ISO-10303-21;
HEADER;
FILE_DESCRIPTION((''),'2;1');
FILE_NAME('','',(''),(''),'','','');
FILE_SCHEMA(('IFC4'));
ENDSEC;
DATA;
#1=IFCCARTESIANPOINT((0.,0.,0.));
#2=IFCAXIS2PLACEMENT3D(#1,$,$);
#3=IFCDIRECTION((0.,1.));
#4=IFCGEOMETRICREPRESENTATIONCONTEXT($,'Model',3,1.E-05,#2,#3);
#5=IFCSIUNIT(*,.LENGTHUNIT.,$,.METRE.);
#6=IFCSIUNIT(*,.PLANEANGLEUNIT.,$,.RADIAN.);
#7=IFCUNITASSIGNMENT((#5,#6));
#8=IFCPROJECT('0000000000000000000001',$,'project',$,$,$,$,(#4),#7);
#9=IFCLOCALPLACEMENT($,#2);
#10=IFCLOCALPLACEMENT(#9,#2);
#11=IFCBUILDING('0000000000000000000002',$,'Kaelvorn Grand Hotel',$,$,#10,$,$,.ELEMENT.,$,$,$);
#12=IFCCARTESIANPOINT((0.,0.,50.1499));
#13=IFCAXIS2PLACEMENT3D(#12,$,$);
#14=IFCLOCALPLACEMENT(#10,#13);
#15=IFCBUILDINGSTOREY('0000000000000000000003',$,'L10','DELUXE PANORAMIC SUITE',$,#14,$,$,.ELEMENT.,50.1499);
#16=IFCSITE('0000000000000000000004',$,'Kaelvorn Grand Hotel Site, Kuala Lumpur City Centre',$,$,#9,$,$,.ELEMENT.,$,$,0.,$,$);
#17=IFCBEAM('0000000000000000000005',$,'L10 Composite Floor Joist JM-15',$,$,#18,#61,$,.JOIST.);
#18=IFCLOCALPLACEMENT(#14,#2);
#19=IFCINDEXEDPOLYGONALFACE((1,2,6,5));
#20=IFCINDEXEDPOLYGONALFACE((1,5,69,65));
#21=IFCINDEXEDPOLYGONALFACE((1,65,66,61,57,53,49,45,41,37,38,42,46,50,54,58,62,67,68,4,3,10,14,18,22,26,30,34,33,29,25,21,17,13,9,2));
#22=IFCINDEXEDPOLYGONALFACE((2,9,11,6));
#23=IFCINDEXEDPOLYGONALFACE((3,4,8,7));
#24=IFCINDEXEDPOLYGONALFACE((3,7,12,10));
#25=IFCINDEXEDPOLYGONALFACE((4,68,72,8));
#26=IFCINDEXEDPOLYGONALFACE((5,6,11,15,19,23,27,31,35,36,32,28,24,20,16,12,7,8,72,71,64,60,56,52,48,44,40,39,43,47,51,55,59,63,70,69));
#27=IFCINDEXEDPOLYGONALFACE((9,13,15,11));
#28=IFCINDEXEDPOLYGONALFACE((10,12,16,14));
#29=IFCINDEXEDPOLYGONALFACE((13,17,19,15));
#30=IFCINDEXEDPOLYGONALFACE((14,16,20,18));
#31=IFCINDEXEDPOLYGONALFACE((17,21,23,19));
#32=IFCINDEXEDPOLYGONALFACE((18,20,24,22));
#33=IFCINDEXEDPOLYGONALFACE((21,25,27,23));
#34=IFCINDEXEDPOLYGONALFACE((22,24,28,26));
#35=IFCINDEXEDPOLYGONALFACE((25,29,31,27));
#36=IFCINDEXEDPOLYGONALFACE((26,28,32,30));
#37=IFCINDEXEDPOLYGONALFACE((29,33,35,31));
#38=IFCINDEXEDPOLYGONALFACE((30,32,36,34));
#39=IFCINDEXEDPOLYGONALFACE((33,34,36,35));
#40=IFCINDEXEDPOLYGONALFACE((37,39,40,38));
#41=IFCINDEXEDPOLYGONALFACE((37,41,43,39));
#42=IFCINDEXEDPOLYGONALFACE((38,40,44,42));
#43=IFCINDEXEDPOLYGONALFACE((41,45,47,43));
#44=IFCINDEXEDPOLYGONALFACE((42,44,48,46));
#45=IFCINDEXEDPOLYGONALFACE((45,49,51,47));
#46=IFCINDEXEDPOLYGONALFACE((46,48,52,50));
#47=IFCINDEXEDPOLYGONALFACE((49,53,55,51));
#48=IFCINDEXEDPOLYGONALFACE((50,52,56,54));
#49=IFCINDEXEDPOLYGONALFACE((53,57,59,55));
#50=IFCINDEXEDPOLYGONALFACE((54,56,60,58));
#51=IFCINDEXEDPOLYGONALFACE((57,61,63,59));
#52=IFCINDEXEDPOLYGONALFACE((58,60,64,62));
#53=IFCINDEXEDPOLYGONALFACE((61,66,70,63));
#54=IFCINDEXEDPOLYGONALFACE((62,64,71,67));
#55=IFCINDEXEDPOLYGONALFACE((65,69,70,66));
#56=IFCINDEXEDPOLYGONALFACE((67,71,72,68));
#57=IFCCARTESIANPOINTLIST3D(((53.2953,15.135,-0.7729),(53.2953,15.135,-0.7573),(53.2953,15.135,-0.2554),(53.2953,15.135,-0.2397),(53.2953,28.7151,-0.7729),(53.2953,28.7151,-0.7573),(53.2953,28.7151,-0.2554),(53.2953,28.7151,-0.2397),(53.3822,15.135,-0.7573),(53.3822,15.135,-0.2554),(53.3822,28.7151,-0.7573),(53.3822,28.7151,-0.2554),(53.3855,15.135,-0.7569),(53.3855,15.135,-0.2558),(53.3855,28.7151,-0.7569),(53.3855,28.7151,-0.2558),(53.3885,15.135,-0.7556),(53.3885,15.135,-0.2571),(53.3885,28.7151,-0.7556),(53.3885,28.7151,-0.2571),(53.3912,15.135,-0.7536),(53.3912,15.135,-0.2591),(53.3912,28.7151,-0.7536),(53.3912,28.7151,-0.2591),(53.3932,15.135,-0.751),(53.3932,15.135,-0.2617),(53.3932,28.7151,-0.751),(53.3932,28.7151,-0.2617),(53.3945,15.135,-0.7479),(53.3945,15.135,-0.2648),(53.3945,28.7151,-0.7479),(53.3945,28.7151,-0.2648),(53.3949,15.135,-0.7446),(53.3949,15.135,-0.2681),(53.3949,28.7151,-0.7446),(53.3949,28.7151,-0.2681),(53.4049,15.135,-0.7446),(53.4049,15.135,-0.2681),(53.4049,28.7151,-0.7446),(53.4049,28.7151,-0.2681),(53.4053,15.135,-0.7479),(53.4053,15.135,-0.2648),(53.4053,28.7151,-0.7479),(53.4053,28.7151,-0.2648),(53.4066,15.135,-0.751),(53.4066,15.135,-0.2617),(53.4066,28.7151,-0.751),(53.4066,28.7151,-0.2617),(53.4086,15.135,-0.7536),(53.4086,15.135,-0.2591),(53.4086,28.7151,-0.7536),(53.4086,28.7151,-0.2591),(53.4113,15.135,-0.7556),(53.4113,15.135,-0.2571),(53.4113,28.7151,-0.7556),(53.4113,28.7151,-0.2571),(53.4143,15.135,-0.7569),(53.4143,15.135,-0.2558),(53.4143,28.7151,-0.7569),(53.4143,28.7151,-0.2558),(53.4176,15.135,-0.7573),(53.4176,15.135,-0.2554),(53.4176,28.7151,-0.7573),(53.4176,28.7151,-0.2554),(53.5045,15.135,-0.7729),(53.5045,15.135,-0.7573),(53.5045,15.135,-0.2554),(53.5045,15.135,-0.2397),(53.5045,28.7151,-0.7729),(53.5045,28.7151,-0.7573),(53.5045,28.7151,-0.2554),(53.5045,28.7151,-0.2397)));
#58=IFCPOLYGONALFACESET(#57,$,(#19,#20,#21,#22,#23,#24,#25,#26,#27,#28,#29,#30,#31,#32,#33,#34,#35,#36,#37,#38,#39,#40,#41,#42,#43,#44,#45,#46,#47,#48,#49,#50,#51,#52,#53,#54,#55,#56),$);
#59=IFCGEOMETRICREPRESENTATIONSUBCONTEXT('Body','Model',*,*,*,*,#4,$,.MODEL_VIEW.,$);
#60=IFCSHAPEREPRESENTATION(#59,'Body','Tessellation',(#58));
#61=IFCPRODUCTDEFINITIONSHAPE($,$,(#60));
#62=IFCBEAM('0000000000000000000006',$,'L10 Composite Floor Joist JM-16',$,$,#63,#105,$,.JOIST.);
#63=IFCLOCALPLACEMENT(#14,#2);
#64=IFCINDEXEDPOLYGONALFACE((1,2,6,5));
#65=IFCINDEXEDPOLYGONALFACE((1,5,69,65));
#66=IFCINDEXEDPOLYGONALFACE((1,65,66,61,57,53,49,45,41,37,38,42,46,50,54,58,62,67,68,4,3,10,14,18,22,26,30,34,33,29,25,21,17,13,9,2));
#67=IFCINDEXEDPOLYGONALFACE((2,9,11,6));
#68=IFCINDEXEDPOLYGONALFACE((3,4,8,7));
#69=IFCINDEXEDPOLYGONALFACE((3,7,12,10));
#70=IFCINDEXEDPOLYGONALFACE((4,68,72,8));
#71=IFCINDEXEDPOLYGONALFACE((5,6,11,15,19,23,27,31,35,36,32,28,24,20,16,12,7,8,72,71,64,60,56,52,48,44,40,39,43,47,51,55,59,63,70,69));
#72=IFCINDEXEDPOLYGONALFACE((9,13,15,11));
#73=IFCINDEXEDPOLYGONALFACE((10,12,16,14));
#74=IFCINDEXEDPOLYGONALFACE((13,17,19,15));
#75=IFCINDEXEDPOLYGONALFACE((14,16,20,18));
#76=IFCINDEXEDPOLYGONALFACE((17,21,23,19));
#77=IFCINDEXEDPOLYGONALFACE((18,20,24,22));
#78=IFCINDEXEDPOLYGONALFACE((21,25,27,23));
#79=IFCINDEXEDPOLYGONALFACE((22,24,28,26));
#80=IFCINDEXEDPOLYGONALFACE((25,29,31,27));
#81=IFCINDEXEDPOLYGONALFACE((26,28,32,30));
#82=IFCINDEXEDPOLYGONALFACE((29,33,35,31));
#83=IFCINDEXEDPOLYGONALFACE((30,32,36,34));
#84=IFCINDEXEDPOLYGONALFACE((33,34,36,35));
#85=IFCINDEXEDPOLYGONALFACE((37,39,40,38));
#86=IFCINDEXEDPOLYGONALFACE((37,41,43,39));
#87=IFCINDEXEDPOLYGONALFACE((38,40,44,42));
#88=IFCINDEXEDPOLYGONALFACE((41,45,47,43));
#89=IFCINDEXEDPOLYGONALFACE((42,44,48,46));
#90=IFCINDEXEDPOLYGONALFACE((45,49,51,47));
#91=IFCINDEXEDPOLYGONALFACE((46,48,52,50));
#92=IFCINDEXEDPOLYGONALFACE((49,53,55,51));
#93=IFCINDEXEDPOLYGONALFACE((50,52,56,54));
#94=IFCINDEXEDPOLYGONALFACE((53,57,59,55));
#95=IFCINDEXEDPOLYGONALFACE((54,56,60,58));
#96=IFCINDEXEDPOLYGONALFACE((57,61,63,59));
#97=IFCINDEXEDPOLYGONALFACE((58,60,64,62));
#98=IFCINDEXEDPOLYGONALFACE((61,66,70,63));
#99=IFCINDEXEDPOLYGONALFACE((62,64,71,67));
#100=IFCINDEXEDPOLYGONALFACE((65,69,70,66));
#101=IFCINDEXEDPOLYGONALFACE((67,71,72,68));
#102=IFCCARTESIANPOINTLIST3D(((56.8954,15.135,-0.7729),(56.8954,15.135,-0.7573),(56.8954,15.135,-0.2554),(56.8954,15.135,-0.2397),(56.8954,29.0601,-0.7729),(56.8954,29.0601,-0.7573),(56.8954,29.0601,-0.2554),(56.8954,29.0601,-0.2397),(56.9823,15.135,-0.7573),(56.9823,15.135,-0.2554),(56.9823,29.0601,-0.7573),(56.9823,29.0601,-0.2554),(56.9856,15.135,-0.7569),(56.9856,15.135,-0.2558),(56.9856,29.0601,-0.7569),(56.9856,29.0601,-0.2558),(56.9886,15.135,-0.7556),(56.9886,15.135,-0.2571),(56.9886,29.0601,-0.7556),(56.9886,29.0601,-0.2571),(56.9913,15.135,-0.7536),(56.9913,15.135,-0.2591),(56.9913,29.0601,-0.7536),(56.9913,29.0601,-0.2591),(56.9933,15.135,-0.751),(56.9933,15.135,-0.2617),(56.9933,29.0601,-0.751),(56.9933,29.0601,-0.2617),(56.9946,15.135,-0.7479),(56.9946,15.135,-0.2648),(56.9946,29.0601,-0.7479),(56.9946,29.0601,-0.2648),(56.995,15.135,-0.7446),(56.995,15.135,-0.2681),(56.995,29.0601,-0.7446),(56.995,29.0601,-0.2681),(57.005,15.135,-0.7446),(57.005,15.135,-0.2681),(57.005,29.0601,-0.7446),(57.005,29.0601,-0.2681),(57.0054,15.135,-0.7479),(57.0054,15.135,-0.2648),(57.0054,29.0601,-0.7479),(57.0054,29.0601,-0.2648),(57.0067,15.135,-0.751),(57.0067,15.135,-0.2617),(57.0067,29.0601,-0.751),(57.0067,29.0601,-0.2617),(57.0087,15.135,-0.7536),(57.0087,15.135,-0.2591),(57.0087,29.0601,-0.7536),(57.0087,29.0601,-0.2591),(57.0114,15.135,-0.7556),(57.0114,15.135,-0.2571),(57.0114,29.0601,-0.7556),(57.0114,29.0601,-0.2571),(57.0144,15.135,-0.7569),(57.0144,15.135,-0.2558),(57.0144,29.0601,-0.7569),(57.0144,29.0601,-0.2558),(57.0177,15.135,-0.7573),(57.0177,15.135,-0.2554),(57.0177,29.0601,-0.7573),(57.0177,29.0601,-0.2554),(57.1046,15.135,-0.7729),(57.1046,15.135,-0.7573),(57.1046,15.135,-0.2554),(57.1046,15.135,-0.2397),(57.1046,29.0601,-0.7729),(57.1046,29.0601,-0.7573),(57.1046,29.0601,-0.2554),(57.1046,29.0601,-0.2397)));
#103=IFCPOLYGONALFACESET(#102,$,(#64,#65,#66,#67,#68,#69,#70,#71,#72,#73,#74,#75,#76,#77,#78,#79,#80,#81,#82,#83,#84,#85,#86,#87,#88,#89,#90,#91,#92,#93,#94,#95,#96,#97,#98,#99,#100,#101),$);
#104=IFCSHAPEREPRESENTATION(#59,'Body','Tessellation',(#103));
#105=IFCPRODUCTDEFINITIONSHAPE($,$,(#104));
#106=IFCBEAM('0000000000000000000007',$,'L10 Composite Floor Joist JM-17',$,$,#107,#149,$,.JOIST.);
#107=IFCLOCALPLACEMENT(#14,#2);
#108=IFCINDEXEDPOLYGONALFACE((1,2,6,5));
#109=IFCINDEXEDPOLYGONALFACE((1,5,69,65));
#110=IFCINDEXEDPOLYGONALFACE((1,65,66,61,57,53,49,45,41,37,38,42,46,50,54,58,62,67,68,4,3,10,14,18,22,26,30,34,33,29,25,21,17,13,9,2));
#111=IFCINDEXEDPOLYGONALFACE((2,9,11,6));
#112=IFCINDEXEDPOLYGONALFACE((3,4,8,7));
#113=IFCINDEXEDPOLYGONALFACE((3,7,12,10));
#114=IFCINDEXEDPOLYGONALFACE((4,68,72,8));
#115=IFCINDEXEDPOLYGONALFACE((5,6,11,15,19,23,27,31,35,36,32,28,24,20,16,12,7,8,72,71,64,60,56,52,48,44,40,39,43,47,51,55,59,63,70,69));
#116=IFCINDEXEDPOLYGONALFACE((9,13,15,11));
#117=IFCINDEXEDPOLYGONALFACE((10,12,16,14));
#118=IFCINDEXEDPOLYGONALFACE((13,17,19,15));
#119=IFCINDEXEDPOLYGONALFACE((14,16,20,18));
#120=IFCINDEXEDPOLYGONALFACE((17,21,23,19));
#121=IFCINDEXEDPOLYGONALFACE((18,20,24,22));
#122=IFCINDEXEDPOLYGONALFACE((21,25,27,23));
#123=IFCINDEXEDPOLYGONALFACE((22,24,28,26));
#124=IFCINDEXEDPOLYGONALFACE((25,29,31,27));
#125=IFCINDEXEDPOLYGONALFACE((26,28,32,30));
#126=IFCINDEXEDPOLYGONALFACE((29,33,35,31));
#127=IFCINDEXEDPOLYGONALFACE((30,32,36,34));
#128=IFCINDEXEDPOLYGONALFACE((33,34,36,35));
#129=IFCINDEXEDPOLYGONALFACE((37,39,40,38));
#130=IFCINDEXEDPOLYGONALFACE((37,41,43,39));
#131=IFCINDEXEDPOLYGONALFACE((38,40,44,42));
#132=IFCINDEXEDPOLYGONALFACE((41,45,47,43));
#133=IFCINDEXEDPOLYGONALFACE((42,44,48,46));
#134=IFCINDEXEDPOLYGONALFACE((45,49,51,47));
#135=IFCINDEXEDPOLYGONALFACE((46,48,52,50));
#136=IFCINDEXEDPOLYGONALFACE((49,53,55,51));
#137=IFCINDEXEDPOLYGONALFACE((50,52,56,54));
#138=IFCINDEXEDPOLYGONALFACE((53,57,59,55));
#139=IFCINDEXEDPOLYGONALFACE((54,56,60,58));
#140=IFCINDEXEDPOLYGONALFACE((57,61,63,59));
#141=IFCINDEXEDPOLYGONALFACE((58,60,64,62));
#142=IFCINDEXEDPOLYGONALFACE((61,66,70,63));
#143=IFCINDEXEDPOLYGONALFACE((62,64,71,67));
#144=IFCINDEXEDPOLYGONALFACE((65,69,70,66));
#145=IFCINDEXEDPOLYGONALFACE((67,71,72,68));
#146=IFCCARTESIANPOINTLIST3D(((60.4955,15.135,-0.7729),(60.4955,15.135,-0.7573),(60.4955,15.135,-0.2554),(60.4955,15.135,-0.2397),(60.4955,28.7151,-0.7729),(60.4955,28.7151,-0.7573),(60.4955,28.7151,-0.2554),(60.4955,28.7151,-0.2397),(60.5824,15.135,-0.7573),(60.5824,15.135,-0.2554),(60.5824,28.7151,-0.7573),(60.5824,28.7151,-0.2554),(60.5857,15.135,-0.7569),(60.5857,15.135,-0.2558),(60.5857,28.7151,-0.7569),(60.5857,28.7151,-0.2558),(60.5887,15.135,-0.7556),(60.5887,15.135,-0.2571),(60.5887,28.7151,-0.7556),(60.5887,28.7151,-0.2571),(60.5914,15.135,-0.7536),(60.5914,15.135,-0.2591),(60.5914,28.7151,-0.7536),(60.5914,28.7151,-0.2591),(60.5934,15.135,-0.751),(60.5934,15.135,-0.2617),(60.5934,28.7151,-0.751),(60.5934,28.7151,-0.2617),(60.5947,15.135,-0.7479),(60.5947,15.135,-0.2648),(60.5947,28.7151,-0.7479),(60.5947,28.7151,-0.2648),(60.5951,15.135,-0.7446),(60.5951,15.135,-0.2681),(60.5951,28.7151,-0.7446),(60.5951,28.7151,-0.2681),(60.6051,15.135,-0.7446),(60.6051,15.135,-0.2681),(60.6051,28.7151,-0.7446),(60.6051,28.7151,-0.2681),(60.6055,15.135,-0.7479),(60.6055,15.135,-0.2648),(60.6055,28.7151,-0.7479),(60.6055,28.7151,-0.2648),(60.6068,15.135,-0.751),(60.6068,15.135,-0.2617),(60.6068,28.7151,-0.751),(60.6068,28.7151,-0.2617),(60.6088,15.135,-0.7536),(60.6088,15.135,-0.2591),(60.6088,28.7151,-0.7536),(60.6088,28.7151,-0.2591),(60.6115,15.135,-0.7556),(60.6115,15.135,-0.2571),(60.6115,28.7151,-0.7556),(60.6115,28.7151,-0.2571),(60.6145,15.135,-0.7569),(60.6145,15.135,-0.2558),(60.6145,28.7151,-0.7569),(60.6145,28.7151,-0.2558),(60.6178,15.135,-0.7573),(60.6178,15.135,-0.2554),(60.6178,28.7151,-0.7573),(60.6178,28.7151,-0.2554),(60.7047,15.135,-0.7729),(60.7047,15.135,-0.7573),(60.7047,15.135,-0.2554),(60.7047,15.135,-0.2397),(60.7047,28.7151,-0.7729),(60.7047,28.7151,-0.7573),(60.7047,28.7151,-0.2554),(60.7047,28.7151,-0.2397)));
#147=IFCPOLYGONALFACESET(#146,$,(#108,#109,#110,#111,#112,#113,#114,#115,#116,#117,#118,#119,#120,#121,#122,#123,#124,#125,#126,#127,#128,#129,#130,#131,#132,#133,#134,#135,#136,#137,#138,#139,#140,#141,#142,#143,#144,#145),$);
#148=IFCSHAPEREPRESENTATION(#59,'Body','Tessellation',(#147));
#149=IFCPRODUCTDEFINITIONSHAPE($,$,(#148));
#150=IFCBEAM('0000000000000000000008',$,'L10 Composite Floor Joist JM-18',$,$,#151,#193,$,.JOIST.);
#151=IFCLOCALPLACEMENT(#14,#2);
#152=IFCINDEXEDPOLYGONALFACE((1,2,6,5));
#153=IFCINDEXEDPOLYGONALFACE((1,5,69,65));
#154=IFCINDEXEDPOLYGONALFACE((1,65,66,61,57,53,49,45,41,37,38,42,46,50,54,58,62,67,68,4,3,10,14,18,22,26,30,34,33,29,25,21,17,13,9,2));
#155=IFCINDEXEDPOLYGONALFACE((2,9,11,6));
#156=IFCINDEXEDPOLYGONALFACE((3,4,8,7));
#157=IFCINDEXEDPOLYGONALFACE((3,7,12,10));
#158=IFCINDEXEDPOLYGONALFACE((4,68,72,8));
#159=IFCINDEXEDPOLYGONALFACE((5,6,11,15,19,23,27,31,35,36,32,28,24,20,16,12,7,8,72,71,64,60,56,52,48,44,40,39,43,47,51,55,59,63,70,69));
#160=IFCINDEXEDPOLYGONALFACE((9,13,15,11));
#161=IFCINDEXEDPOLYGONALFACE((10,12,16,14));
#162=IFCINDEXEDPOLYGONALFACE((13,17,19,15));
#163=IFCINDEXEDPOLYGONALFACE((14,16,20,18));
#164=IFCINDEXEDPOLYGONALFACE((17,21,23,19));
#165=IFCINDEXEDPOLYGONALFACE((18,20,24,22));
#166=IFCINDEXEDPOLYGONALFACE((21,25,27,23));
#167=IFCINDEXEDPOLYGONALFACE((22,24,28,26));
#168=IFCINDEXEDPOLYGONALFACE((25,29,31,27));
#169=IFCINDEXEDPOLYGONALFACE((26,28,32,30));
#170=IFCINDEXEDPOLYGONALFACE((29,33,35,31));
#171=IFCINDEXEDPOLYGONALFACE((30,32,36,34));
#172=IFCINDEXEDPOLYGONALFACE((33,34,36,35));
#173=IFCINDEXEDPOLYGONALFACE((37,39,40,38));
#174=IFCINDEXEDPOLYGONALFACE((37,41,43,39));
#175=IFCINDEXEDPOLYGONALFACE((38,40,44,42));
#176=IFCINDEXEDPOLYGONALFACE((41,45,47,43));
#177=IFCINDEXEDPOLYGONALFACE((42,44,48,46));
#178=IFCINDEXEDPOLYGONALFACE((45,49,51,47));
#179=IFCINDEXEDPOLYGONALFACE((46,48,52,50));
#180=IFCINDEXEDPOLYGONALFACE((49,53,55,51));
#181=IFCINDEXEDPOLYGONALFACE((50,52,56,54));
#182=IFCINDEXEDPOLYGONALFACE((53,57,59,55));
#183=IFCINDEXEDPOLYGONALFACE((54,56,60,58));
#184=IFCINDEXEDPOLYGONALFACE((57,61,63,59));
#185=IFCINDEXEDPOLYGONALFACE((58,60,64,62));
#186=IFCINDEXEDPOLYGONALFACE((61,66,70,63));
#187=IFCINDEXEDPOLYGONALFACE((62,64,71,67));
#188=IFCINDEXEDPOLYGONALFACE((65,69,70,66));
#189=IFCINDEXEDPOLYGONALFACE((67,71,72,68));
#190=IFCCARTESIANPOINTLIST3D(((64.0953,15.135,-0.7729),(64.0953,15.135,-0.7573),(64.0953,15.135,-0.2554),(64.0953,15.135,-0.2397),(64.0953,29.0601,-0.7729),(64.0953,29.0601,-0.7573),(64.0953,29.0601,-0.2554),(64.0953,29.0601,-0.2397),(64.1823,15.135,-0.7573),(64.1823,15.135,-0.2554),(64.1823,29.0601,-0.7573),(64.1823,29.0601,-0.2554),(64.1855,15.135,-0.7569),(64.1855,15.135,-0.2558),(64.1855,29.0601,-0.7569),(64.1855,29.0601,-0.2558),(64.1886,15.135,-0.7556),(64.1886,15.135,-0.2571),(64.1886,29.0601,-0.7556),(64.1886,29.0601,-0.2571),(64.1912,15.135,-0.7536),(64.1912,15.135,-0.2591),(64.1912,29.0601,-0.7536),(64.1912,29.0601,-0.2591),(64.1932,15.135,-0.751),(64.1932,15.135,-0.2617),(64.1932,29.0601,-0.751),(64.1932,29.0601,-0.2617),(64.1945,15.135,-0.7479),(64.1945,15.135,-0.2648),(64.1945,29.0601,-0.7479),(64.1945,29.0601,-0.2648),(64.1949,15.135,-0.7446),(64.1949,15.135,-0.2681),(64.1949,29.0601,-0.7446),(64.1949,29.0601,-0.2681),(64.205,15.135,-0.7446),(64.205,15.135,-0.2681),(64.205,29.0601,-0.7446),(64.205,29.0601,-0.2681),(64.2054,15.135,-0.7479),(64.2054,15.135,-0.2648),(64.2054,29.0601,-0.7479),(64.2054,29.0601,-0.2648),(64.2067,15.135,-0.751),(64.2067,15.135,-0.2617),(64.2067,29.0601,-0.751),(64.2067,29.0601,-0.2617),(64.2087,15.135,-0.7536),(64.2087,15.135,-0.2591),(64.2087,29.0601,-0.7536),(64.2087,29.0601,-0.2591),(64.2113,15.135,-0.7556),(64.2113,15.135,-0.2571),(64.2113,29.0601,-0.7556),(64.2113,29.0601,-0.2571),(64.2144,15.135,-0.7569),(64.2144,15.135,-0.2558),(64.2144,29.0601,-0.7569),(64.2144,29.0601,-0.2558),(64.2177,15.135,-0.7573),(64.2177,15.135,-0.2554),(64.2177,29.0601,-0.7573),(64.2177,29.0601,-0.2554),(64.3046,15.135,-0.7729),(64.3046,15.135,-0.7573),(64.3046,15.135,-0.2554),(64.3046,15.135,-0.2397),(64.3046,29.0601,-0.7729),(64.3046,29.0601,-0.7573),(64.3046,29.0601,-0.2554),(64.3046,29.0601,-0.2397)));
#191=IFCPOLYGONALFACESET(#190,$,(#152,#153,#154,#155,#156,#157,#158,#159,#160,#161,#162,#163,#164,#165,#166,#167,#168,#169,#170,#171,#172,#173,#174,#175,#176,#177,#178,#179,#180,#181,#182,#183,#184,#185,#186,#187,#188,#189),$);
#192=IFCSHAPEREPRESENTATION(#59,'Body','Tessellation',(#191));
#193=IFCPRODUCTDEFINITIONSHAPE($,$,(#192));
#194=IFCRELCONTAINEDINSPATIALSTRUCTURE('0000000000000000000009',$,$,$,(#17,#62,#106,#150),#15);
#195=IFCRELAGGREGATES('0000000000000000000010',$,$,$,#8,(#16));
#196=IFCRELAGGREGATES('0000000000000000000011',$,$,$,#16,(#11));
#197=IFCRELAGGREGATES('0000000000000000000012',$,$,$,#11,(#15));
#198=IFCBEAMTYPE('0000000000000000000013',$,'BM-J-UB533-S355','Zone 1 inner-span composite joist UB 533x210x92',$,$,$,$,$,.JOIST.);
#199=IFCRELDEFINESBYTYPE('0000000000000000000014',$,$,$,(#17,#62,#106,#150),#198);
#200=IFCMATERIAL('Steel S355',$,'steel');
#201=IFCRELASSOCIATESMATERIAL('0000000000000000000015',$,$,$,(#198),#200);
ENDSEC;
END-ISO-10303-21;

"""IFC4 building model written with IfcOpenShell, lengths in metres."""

from ifc_helpers import new_model, si_unit, direction, frame, origin, origin_2d, place, context, subcontext, project, spatial, i_section, extrude, material, material_profile, profile_set, type_object, element, save


model = new_model("IFC4")

# Units and contexts
model_context = context("Model", 3, precision=1e-05, world=origin(), true_north=direction((0.0, 1.0)))
body_context = subcontext(model_context, "Body", "Model", "MODEL_VIEW")
ifc_project = project(units=[si_unit("LENGTHUNIT", "METRE"), si_unit("PLANEANGLEUNIT", "RADIAN")], contexts=[model_context])

# Site, building, storey
site_placement = place(None, origin())
site = spatial("IfcSite", under=ifc_project, at=site_placement, Name="Kaelvorn Grand Hotel Site, Kuala Lumpur City Centre", CompositionType="ELEMENT", RefElevation=0.0)
building_placement = place(site_placement, origin())
building = spatial("IfcBuilding", under=site, at=building_placement, Name="Kaelvorn Grand Hotel", CompositionType="ELEMENT")
storey_placement = place(building_placement, frame((0.0, 0.0, 50.1499)))
storey = spatial("IfcBuildingStorey", under=building, at=storey_placement, Name="L10", Description="DELUXE PANORAMIC SUITE", CompositionType="ELEMENT", Elevation=50.1499)

# Beams
ifc_material_1 = material(Name="Steel S355", Category="steel")
ifc_material_profile = material_profile(ifc_material_1, i_section(OverallWidth=0.2092, OverallDepth=0.5332, WebThickness=0.01, FlangeThickness=0.0156, FilletRadius=0.0127, at=origin_2d()), Name="UB 533x210x92")
ifc_profile_set = profile_set([ifc_material_profile], Name="Steel S355")
beam_type = type_object("IfcBeamType", Name="BM-J-UB533-S355", Description="Zone 1 inner-span composite joist UB 533x210x92", PredefinedType="JOIST", material=ifc_profile_set)
beam_1_placement = place(storey_placement, frame((53.3999, 15.135, -0.5063), z_axis=(0.0, 1.0, 0.0), x_axis=(-1.0, 0.0, 0.0)))
element("IfcBeam", 1, at=beam_1_placement, inside=storey, type_object=beam_type, Name="L10 Composite Floor Joist JM-15", PredefinedType="JOIST", context=body_context, shape_type="SweptSolid", body=[
    extrude(i_section(OverallWidth=0.2092, OverallDepth=0.5332, WebThickness=0.01, FlangeThickness=0.0156, FilletRadius=0.0127, at=origin_2d()), origin(), (0.0, 0.0, 1.0), 13.5801),
])
beam_2_placement = place(storey_placement, frame((57.0, 15.135, -0.5063), z_axis=(0.0, 1.0, 0.0), x_axis=(-1.0, 0.0, 0.0)))
element("IfcBeam", 2, at=beam_2_placement, inside=storey, type_object=beam_type, Name="L10 Composite Floor Joist JM-16", PredefinedType="JOIST", context=body_context, shape_type="SweptSolid", body=[
    extrude(i_section(OverallWidth=0.2092, OverallDepth=0.5332, WebThickness=0.01, FlangeThickness=0.0156, FilletRadius=0.0127, at=origin_2d()), origin(), (0.0, 0.0, 1.0), 13.925),
])
beam_3_placement = place(storey_placement, frame((60.6001, 15.135, -0.5063), z_axis=(0.0, 1.0, 0.0), x_axis=(-1.0, 0.0, 0.0)))
element("IfcBeam", 3, at=beam_3_placement, inside=storey, type_object=beam_type, Name="L10 Composite Floor Joist JM-17", PredefinedType="JOIST", context=body_context, shape_type="SweptSolid", body=[
    extrude(i_section(OverallWidth=0.2092, OverallDepth=0.5332, WebThickness=0.01, FlangeThickness=0.0156, FilletRadius=0.0127, at=origin_2d()), origin(), (0.0, 0.0, 1.0), 13.5801),
])
beam_4_placement = place(storey_placement, frame((64.2, 15.135, -0.5063), z_axis=(0.0, 1.0, 0.0), x_axis=(-1.0, 0.0, 0.0)))
element("IfcBeam", 4, at=beam_4_placement, inside=storey, type_object=beam_type, Name="L10 Composite Floor Joist JM-18", PredefinedType="JOIST", context=body_context, shape_type="SweptSolid", body=[
    extrude(i_section(OverallWidth=0.2092, OverallDepth=0.5332, WebThickness=0.01, FlangeThickness=0.0156, FilletRadius=0.0127, at=origin_2d()), origin(), (0.0, 0.0, 1.0), 13.925),
])

save(model, "model.ifc")
